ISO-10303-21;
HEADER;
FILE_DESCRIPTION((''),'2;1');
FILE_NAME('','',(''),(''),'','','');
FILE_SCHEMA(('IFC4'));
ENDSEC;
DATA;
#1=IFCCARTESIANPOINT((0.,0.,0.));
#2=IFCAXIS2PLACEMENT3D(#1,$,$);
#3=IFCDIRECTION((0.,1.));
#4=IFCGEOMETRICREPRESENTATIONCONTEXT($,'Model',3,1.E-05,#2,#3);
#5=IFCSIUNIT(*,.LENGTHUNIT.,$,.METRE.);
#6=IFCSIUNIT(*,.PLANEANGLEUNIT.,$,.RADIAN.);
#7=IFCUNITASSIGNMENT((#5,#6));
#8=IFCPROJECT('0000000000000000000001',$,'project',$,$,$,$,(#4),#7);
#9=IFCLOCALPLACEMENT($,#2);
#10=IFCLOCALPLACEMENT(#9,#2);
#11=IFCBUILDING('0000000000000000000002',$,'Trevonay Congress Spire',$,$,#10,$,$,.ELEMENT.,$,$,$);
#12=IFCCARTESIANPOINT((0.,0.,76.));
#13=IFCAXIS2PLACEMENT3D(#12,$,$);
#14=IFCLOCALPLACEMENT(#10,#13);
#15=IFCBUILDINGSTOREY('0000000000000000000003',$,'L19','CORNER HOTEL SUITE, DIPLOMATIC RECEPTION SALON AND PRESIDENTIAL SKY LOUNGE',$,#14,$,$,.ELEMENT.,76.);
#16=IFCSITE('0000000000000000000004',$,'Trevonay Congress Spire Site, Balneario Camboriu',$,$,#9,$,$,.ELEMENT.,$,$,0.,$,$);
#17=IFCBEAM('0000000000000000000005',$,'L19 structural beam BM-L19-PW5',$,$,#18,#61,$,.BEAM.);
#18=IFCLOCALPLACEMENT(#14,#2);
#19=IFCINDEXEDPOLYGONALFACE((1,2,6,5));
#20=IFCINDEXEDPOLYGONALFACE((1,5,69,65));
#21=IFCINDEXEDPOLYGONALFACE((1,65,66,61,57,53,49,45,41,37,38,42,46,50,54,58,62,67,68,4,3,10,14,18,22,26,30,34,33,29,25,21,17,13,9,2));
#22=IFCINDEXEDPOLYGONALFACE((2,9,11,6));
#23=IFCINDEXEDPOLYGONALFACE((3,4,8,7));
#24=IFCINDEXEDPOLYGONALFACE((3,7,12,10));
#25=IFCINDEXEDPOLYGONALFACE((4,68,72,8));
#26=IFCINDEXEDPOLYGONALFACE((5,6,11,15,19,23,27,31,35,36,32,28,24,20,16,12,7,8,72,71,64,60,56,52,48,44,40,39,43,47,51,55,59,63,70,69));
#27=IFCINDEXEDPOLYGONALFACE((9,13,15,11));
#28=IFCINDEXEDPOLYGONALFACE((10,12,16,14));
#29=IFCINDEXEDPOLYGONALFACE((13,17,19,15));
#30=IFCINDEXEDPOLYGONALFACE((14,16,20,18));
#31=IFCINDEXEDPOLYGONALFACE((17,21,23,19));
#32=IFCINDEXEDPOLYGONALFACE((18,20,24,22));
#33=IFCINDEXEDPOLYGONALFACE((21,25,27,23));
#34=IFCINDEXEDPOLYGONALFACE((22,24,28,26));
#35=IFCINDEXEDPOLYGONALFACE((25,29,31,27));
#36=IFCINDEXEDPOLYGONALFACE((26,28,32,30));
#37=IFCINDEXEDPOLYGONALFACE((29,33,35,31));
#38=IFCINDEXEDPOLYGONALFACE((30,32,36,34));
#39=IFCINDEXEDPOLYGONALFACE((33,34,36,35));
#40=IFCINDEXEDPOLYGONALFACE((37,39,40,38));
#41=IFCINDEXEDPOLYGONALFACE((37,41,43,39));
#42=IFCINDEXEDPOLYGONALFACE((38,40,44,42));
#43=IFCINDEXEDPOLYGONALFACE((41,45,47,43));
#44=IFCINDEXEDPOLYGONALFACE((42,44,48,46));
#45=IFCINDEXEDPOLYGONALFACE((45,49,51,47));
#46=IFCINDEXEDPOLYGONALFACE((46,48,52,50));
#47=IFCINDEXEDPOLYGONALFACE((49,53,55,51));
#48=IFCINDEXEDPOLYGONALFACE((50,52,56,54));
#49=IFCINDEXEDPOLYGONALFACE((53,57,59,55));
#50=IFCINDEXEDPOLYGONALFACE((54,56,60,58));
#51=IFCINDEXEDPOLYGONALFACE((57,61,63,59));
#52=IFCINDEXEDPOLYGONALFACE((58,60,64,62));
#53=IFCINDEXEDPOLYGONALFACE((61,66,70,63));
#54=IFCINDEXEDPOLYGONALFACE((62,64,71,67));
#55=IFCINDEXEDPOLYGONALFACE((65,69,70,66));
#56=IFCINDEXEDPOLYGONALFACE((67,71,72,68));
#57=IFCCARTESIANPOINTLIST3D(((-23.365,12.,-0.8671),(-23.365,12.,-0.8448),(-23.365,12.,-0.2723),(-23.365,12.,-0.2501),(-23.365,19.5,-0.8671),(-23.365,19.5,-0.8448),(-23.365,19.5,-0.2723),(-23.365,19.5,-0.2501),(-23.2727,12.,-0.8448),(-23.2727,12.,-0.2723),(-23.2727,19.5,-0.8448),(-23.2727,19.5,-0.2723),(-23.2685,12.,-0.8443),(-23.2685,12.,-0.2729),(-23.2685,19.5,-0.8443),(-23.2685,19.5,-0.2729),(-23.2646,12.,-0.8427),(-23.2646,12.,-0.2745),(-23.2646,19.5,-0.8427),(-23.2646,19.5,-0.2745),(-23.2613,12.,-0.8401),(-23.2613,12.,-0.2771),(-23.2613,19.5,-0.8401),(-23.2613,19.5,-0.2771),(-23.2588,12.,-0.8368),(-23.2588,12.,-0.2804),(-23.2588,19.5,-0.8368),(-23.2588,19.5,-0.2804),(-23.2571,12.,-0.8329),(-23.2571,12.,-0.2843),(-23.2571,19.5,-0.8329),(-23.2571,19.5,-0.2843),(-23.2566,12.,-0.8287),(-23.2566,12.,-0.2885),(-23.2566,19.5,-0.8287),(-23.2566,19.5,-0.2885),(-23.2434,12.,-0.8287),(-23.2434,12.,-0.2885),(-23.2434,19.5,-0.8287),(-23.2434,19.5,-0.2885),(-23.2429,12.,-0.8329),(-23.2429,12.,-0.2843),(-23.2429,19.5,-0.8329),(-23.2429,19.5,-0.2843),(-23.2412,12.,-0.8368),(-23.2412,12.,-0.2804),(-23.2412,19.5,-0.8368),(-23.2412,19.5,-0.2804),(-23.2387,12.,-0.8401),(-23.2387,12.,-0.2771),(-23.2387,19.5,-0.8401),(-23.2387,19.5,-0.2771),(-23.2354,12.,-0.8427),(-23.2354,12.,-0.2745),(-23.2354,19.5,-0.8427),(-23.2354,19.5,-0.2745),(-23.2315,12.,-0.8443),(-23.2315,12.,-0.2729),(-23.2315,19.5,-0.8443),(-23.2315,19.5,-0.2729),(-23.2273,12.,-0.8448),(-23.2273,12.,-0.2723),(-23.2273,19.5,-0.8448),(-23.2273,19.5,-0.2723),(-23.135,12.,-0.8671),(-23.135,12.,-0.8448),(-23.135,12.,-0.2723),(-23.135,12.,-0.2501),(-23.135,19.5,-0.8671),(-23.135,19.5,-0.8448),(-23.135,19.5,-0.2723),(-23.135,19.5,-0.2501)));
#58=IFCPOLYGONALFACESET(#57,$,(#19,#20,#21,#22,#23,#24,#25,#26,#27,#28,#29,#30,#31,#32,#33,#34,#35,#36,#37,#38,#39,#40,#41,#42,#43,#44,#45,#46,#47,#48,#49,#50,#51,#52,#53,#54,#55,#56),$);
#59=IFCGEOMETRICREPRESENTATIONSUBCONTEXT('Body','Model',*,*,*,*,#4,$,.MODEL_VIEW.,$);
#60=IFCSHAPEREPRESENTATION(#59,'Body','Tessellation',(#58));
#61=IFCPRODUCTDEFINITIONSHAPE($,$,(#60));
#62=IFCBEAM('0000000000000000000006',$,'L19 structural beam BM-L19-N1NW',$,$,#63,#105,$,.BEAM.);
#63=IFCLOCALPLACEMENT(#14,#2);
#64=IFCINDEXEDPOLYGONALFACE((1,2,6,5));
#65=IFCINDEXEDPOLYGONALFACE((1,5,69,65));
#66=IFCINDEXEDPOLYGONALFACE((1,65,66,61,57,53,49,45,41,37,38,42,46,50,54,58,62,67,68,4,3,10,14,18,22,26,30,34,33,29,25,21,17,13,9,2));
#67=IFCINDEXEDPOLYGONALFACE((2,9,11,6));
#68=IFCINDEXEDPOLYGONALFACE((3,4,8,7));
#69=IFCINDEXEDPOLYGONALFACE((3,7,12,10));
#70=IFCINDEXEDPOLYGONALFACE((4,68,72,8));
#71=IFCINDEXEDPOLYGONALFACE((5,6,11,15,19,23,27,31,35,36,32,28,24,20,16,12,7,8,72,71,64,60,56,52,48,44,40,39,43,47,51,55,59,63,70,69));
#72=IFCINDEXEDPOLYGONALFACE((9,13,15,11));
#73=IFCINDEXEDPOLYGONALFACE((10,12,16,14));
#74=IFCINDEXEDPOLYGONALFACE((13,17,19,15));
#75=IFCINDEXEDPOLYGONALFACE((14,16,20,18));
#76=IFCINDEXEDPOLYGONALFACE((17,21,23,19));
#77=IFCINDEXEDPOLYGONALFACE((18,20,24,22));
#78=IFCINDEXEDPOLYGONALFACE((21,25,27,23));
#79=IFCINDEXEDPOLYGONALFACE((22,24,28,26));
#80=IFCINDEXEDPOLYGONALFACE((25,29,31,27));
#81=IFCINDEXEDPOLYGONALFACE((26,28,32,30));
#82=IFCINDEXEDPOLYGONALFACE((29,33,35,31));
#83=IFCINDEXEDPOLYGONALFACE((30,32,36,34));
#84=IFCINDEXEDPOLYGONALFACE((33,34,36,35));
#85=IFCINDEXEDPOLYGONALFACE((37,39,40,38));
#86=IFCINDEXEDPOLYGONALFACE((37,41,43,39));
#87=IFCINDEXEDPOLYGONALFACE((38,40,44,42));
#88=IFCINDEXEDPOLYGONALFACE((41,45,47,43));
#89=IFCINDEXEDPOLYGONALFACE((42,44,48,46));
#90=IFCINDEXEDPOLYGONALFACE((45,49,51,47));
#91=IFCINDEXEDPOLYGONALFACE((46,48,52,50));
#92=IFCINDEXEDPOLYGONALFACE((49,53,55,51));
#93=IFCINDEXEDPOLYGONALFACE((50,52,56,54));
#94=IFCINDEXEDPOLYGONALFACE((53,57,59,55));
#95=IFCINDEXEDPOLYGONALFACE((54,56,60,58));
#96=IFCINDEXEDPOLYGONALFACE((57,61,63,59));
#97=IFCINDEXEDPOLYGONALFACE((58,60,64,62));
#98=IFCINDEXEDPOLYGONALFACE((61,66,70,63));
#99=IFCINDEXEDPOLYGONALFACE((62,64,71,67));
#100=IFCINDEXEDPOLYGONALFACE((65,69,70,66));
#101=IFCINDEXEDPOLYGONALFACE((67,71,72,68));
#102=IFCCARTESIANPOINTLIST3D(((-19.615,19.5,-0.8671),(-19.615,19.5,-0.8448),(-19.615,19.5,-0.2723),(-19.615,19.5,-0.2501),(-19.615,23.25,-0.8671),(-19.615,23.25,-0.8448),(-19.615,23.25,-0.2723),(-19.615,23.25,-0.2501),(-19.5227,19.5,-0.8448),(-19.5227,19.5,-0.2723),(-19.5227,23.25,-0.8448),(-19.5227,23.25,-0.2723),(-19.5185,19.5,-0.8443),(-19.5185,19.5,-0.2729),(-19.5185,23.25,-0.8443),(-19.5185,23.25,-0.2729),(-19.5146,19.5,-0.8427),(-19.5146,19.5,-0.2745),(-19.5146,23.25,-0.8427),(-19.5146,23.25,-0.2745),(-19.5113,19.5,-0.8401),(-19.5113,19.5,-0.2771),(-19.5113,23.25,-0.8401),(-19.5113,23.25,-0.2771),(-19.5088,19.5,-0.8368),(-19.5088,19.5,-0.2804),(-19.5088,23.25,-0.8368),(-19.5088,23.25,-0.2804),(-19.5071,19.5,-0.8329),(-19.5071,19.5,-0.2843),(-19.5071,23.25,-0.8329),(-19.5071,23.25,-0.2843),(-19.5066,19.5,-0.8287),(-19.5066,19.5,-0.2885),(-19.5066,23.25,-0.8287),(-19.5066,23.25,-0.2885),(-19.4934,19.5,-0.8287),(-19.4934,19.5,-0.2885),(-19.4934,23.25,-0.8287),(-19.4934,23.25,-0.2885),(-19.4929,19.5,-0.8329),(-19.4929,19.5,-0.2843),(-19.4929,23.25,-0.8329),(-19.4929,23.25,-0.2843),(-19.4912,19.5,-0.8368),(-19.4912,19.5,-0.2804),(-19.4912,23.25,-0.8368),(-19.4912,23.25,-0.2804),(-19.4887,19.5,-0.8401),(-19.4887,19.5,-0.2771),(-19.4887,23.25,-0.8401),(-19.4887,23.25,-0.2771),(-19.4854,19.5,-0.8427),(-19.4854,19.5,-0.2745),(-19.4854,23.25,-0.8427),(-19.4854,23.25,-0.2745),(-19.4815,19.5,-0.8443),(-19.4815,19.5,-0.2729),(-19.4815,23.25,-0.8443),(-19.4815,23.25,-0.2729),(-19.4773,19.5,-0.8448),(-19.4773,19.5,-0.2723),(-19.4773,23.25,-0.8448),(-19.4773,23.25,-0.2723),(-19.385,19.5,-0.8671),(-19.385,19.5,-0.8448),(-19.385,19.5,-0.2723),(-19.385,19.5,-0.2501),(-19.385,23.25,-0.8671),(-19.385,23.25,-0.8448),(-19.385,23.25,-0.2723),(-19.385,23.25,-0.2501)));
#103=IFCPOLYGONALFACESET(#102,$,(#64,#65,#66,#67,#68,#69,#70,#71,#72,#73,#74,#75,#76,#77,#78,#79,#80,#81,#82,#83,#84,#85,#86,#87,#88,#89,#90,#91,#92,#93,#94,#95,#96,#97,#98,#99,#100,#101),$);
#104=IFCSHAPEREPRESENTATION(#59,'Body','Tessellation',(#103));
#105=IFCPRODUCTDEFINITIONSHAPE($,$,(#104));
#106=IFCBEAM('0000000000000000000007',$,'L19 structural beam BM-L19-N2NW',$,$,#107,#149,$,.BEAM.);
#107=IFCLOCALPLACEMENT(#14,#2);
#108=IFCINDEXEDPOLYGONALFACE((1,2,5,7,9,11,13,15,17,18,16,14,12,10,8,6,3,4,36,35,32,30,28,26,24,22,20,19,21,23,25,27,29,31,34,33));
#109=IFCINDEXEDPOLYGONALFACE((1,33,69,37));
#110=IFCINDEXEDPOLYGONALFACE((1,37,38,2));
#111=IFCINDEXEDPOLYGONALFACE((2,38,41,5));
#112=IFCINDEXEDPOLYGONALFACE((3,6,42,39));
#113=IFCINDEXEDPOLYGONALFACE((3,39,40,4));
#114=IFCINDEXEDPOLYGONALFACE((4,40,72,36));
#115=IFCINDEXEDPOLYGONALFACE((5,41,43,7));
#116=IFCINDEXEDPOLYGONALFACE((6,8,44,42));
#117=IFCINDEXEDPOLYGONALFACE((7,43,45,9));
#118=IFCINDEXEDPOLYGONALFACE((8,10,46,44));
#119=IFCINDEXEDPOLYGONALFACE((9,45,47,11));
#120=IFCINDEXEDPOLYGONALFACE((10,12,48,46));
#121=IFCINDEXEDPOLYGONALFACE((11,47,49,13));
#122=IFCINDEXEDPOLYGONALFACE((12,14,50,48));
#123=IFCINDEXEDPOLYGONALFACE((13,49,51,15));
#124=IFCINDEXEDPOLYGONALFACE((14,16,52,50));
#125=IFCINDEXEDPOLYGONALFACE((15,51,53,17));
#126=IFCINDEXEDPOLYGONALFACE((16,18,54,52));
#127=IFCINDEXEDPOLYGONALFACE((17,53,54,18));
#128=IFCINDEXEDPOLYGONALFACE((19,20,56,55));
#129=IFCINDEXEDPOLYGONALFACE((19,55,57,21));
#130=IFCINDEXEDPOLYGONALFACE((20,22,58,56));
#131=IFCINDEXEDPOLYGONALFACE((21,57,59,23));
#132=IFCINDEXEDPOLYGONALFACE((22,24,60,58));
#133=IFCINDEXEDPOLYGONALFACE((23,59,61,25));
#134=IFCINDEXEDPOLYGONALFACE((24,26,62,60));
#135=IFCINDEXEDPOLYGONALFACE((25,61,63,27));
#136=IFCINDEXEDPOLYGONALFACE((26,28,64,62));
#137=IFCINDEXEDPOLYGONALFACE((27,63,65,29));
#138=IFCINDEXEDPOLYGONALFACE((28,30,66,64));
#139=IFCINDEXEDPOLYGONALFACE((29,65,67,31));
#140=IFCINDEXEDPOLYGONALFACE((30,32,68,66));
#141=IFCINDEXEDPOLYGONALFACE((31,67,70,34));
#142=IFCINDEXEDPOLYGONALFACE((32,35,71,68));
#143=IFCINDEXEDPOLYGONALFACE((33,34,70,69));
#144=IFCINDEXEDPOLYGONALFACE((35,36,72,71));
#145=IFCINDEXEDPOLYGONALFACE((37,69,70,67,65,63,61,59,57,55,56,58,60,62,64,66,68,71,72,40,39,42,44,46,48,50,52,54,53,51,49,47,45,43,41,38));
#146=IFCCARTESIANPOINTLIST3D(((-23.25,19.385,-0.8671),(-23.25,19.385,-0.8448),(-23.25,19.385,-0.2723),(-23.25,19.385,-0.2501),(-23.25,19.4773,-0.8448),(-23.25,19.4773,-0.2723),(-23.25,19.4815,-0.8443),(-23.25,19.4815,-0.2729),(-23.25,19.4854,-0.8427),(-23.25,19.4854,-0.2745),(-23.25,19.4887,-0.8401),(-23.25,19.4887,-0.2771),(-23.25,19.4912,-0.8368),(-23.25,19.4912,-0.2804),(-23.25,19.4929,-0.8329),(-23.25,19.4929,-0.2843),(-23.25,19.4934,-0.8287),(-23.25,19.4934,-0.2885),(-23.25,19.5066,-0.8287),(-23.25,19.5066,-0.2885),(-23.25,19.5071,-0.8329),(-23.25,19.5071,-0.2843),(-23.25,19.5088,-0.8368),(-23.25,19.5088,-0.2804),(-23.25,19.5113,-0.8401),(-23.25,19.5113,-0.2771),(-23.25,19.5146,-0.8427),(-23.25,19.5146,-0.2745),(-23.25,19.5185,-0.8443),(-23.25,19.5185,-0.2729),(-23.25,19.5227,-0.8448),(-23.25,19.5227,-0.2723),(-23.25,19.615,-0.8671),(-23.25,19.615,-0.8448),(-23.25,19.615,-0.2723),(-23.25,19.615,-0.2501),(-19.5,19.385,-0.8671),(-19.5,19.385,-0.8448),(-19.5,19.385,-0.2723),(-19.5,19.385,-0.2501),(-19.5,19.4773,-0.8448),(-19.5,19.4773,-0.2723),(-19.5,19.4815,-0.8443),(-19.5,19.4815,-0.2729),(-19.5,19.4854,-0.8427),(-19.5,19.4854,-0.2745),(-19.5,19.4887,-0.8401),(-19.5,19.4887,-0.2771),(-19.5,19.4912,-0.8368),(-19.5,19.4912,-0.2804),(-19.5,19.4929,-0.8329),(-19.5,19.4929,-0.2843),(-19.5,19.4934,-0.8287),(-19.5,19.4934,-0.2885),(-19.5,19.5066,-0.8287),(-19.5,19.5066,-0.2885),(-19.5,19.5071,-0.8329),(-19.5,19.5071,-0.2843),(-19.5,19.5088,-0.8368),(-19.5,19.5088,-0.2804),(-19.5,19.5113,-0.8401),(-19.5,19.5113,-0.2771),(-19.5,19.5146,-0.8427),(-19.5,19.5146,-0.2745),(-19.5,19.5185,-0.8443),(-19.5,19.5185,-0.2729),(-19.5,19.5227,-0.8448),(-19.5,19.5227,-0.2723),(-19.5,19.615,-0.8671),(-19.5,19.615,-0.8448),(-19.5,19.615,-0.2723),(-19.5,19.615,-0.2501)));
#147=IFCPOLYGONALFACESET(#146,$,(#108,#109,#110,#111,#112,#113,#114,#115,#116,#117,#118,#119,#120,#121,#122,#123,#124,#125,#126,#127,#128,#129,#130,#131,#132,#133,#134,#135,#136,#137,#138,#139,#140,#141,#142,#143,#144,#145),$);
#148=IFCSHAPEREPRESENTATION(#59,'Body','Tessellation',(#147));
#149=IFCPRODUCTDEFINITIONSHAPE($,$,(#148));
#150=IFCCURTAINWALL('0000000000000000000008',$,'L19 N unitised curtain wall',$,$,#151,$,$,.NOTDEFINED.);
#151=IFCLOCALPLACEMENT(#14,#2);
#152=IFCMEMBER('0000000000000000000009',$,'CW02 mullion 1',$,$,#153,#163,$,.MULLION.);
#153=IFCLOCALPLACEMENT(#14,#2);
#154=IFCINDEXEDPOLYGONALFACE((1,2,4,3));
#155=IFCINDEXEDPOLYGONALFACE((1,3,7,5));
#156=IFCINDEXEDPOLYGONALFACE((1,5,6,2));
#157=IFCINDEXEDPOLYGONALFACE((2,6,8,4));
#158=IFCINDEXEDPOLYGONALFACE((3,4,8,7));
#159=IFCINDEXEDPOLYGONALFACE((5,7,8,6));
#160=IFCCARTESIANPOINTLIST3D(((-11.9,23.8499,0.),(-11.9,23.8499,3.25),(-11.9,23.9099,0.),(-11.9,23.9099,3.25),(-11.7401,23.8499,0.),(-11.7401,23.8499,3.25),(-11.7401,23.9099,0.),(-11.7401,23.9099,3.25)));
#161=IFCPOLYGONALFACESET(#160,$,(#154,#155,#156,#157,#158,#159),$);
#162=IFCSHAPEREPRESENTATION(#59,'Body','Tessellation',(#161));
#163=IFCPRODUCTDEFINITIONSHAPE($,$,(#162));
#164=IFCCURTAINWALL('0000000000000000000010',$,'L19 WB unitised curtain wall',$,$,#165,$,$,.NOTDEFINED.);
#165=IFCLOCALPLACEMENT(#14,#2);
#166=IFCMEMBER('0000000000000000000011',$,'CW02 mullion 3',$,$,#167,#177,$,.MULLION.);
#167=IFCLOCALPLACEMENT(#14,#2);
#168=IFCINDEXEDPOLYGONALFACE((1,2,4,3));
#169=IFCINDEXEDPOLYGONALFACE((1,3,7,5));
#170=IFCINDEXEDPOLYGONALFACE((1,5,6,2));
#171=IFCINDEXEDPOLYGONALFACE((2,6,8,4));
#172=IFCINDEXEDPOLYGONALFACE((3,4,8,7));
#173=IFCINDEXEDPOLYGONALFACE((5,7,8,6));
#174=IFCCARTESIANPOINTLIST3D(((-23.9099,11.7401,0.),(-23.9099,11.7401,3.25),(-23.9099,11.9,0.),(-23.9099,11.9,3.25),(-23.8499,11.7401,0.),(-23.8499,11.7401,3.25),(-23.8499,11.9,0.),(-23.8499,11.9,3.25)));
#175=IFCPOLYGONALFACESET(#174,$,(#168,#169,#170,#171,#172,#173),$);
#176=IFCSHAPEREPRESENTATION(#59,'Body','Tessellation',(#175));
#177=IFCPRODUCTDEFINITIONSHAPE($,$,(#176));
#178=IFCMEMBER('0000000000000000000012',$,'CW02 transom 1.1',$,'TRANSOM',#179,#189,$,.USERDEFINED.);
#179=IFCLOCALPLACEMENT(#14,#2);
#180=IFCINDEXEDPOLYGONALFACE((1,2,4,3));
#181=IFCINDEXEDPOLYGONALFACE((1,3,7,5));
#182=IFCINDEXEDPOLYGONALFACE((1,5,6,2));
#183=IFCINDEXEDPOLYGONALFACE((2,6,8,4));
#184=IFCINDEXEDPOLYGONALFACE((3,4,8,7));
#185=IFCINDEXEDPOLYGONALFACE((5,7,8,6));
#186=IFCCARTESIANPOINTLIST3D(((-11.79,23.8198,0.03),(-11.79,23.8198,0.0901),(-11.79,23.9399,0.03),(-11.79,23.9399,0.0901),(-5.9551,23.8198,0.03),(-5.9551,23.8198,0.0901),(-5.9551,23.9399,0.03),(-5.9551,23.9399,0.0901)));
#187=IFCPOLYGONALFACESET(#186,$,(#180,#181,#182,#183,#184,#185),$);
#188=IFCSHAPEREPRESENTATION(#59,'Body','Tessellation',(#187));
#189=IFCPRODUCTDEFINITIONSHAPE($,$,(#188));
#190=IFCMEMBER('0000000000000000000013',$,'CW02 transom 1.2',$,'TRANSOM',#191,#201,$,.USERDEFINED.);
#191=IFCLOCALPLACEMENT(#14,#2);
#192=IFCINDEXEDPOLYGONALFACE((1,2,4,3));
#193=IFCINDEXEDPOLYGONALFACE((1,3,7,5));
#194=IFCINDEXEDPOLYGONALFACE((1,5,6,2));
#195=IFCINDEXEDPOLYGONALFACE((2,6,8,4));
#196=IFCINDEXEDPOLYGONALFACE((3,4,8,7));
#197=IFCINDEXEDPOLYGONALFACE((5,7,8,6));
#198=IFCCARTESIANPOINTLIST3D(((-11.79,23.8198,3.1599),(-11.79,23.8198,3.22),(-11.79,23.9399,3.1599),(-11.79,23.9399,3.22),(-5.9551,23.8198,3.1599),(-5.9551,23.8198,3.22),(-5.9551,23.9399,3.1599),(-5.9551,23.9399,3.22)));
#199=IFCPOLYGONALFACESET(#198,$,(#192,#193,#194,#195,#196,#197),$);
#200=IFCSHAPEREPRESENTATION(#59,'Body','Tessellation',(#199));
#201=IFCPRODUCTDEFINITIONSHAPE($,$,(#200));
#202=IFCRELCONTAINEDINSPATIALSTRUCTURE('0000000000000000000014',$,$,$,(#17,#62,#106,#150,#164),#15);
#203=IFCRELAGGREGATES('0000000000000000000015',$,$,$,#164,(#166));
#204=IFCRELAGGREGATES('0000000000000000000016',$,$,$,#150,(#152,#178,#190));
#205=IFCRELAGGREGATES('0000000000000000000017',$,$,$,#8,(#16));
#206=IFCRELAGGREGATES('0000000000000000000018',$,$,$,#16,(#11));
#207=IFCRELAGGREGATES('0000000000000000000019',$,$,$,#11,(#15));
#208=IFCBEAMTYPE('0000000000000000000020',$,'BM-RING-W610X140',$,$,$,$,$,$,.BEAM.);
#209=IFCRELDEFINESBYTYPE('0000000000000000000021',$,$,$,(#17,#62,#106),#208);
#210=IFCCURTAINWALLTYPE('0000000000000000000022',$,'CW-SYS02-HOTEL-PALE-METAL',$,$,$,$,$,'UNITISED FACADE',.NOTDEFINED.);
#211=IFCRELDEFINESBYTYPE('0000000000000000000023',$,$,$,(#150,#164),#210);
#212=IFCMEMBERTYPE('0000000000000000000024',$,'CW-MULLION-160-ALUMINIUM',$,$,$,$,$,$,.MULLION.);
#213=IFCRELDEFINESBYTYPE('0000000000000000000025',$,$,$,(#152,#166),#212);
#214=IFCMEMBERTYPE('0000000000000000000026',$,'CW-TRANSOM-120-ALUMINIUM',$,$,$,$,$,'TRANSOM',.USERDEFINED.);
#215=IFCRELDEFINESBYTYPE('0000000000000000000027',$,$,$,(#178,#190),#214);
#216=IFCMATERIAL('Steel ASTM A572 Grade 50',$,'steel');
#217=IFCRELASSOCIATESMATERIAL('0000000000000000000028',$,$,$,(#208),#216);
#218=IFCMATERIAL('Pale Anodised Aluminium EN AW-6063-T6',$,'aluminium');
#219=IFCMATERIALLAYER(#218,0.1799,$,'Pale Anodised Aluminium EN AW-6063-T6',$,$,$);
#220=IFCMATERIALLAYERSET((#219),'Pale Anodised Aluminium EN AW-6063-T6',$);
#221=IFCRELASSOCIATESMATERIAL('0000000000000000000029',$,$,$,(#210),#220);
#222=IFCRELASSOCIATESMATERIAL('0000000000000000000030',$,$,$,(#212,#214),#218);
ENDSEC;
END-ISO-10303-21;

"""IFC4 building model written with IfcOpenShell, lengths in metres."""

from ifc_helpers import new_model, si_unit, direction, frame, origin, origin_2d, place, context, subcontext, project, spatial, rectangle, i_section, extrude, material, layer, layer_set, material_profile, profile_set, type_object, element, aggregate, save


model = new_model("IFC4")

# Units and contexts
model_context = context("Model", 3, precision=1e-05, world=origin(), true_north=direction((0.0, 1.0)))
body_context = subcontext(model_context, "Body", "Model", "MODEL_VIEW")
ifc_project = project(units=[si_unit("LENGTHUNIT", "METRE"), si_unit("PLANEANGLEUNIT", "RADIAN")], contexts=[model_context])

# Site, building, storey
site_placement = place(None, origin())
site = spatial("IfcSite", under=ifc_project, at=site_placement, Name="Trevonay Congress Spire Site, Balneario Camboriu", CompositionType="ELEMENT", RefElevation=0.0)
building_placement = place(site_placement, origin())
building = spatial("IfcBuilding", under=site, at=building_placement, Name="Trevonay Congress Spire", CompositionType="ELEMENT")
storey_placement = place(building_placement, frame((0.0, 0.0, 76.0)))
storey = spatial("IfcBuildingStorey", under=building, at=storey_placement, Name="L19", Description="CORNER HOTEL SUITE, DIPLOMATIC RECEPTION SALON AND PRESIDENTIAL SKY LOUNGE", CompositionType="ELEMENT", Elevation=76.0)

# Shared definitions
ifc_material_1 = material(Name="Steel ASTM A572 Grade 50", Category="steel")

# Beams
ifc_material_profile_1 = material_profile(ifc_material_1, i_section(OverallWidth=0.23, OverallDepth=0.6169, WebThickness=0.0132, FlangeThickness=0.0222, FilletRadius=0.0161, at=origin_2d()), Name="W610x140")
ifc_profile_set_1 = profile_set([ifc_material_profile_1], Name="Steel ASTM A572 Grade 50")
beam_type_1 = type_object("IfcBeamType", Name="BM-RING-W610X140", PredefinedType="BEAM", material=ifc_profile_set_1)
beam_1_placement = place(storey_placement, frame((-23.25, 12.0, -0.5586), z_axis=(0.0, 1.0, 0.0), x_axis=(-1.0, 0.0, 0.0)))
element("IfcBeam", 1, at=beam_1_placement, inside=storey, type_object=beam_type_1, Name="L19 structural beam BM-L19-PW5", PredefinedType="BEAM", context=body_context, shape_type="SweptSolid", body=[
    extrude(i_section(OverallWidth=0.23, OverallDepth=0.6169, WebThickness=0.0132, FlangeThickness=0.0222, FilletRadius=0.0161, at=origin_2d()), origin(), (0.0, 0.0, 1.0), 7.5),
])
for number, where, z_axis, x_axis, name in (
    (2, (-19.5, 23.25, -0.5586), (0.0, -1.0, 0.0), (1.0, 0.0, 0.0), "L19 structural beam BM-L19-N1NW"),
    (3, (-23.25, 19.5, -0.5586), (1.0, 0.0, 0.0), (0.0, 1.0, 0.0), "L19 structural beam BM-L19-N2NW"),
):
    element("IfcBeam", number, at=place(storey_placement, frame(where, z_axis=z_axis, x_axis=x_axis)), inside=storey, type_object=beam_type_1, Name=name, PredefinedType="BEAM", context=body_context, shape_type="SweptSolid", body=[
        extrude(i_section(OverallWidth=0.23, OverallDepth=0.6169, WebThickness=0.0132, FlangeThickness=0.0222, FilletRadius=0.0161, at=origin_2d()), origin(), (0.0, 0.0, 1.0), 3.75),
    ])

# Curtain walls, members
ifc_material_2 = material(Name="Pale Anodised Aluminium EN AW-6063-T6", Category="aluminium")
ifc_layer_1 = layer(ifc_material_2, 0.1799, Name="Pale Anodised Aluminium EN AW-6063-T6")
ifc_layer_set_1 = layer_set([ifc_layer_1], Name="Pale Anodised Aluminium EN AW-6063-T6")
curtain_wall_type = type_object("IfcCurtainWallType", Name="CW-SYS02-HOTEL-PALE-METAL", ElementType="UNITISED FACADE", PredefinedType="NOTDEFINED", material=ifc_layer_set_1)
curtain_wall_1_placement = place(storey_placement, origin())
curtain_wall_1 = element("IfcCurtainWall", 4, at=curtain_wall_1_placement, inside=storey, type_object=curtain_wall_type, Name="L19 N unitised curtain wall", PredefinedType="NOTDEFINED")
ifc_material_profile_2 = material_profile(ifc_material_2, rectangle(XDim=0.0601, YDim=0.1599, at=origin_2d()), Name="CW-MULLION-160-ALUMINIUM")
ifc_profile_set_2 = profile_set([ifc_material_profile_2], Name="Pale Anodised Aluminium EN AW-6063-T6")
member_type_1 = type_object("IfcMemberType", Name="CW-MULLION-160-ALUMINIUM", PredefinedType="MULLION", material=ifc_profile_set_2)
member_1_placement = place(storey_placement, frame((-11.8201, 23.8799, 0.0), z_axis=(0.0, 0.0, 1.0), x_axis=(0.0, 1.0, 0.0)))
member_1 = element("IfcMember", 5, at=member_1_placement, type_object=member_type_1, Name="CW02 mullion 1", PredefinedType="MULLION", context=body_context, shape_type="SweptSolid", body=[
    extrude(rectangle(XDim=0.0601, YDim=0.1599, at=origin_2d()), origin(), (0.0, 0.0, 1.0), 3.25),
])
curtain_wall_2_placement = place(storey_placement, origin())
curtain_wall_2 = element("IfcCurtainWall", 6, at=curtain_wall_2_placement, inside=storey, type_object=curtain_wall_type, Name="L19 WB unitised curtain wall", PredefinedType="NOTDEFINED")
member_2_placement = place(storey_placement, frame((-23.8799, 11.8201, 0.0), z_axis=(0.0, 0.0, 1.0), x_axis=(-1.0, 0.0, 0.0)))
member_2 = element("IfcMember", 7, at=member_2_placement, type_object=member_type_1, Name="CW02 mullion 3", PredefinedType="MULLION", context=body_context, shape_type="SweptSolid", body=[
    extrude(rectangle(XDim=0.0601, YDim=0.1599, at=origin_2d()), origin(), (0.0, 0.0, 1.0), 3.25),
])
aggregate(curtain_wall_2, [member_2])

# Members
ifc_material_profile_3 = material_profile(ifc_material_2, rectangle(XDim=0.1201, YDim=0.0601, at=origin_2d()), Name="CW-TRANSOM-120-ALUMINIUM")
ifc_profile_set_3 = profile_set([ifc_material_profile_3], Name="Pale Anodised Aluminium EN AW-6063-T6")
member_type_2 = type_object("IfcMemberType", Name="CW-TRANSOM-120-ALUMINIUM", ElementType="TRANSOM", PredefinedType="USERDEFINED", material=ifc_profile_set_3)
member_3_placement = place(storey_placement, frame((-11.79, 23.8799, 0.0601), z_axis=(1.0, 0.0, 0.0), x_axis=(0.0, 1.0, 0.0)))
member_3 = element("IfcMember", 8, at=member_3_placement, type_object=member_type_2, Name="CW02 transom 1.1", ObjectType="TRANSOM", PredefinedType="USERDEFINED", context=body_context, shape_type="SweptSolid", body=[
    extrude(rectangle(XDim=0.1201, YDim=0.0601, at=origin_2d()), origin(), (0.0, 0.0, 1.0), 5.835),
])
member_4_placement = place(storey_placement, frame((-11.79, 23.8799, 3.1899), z_axis=(1.0, 0.0, 0.0), x_axis=(0.0, 1.0, 0.0)))
member_4 = element("IfcMember", 9, at=member_4_placement, type_object=member_type_2, Name="CW02 transom 1.2", ObjectType="TRANSOM", PredefinedType="USERDEFINED", context=body_context, shape_type="SweptSolid", body=[
    extrude(rectangle(XDim=0.1201, YDim=0.0601, at=origin_2d()), origin(), (0.0, 0.0, 1.0), 5.835),
])

aggregate(curtain_wall_1, [member_1, member_3, member_4])

save(model, "model.ifc")
